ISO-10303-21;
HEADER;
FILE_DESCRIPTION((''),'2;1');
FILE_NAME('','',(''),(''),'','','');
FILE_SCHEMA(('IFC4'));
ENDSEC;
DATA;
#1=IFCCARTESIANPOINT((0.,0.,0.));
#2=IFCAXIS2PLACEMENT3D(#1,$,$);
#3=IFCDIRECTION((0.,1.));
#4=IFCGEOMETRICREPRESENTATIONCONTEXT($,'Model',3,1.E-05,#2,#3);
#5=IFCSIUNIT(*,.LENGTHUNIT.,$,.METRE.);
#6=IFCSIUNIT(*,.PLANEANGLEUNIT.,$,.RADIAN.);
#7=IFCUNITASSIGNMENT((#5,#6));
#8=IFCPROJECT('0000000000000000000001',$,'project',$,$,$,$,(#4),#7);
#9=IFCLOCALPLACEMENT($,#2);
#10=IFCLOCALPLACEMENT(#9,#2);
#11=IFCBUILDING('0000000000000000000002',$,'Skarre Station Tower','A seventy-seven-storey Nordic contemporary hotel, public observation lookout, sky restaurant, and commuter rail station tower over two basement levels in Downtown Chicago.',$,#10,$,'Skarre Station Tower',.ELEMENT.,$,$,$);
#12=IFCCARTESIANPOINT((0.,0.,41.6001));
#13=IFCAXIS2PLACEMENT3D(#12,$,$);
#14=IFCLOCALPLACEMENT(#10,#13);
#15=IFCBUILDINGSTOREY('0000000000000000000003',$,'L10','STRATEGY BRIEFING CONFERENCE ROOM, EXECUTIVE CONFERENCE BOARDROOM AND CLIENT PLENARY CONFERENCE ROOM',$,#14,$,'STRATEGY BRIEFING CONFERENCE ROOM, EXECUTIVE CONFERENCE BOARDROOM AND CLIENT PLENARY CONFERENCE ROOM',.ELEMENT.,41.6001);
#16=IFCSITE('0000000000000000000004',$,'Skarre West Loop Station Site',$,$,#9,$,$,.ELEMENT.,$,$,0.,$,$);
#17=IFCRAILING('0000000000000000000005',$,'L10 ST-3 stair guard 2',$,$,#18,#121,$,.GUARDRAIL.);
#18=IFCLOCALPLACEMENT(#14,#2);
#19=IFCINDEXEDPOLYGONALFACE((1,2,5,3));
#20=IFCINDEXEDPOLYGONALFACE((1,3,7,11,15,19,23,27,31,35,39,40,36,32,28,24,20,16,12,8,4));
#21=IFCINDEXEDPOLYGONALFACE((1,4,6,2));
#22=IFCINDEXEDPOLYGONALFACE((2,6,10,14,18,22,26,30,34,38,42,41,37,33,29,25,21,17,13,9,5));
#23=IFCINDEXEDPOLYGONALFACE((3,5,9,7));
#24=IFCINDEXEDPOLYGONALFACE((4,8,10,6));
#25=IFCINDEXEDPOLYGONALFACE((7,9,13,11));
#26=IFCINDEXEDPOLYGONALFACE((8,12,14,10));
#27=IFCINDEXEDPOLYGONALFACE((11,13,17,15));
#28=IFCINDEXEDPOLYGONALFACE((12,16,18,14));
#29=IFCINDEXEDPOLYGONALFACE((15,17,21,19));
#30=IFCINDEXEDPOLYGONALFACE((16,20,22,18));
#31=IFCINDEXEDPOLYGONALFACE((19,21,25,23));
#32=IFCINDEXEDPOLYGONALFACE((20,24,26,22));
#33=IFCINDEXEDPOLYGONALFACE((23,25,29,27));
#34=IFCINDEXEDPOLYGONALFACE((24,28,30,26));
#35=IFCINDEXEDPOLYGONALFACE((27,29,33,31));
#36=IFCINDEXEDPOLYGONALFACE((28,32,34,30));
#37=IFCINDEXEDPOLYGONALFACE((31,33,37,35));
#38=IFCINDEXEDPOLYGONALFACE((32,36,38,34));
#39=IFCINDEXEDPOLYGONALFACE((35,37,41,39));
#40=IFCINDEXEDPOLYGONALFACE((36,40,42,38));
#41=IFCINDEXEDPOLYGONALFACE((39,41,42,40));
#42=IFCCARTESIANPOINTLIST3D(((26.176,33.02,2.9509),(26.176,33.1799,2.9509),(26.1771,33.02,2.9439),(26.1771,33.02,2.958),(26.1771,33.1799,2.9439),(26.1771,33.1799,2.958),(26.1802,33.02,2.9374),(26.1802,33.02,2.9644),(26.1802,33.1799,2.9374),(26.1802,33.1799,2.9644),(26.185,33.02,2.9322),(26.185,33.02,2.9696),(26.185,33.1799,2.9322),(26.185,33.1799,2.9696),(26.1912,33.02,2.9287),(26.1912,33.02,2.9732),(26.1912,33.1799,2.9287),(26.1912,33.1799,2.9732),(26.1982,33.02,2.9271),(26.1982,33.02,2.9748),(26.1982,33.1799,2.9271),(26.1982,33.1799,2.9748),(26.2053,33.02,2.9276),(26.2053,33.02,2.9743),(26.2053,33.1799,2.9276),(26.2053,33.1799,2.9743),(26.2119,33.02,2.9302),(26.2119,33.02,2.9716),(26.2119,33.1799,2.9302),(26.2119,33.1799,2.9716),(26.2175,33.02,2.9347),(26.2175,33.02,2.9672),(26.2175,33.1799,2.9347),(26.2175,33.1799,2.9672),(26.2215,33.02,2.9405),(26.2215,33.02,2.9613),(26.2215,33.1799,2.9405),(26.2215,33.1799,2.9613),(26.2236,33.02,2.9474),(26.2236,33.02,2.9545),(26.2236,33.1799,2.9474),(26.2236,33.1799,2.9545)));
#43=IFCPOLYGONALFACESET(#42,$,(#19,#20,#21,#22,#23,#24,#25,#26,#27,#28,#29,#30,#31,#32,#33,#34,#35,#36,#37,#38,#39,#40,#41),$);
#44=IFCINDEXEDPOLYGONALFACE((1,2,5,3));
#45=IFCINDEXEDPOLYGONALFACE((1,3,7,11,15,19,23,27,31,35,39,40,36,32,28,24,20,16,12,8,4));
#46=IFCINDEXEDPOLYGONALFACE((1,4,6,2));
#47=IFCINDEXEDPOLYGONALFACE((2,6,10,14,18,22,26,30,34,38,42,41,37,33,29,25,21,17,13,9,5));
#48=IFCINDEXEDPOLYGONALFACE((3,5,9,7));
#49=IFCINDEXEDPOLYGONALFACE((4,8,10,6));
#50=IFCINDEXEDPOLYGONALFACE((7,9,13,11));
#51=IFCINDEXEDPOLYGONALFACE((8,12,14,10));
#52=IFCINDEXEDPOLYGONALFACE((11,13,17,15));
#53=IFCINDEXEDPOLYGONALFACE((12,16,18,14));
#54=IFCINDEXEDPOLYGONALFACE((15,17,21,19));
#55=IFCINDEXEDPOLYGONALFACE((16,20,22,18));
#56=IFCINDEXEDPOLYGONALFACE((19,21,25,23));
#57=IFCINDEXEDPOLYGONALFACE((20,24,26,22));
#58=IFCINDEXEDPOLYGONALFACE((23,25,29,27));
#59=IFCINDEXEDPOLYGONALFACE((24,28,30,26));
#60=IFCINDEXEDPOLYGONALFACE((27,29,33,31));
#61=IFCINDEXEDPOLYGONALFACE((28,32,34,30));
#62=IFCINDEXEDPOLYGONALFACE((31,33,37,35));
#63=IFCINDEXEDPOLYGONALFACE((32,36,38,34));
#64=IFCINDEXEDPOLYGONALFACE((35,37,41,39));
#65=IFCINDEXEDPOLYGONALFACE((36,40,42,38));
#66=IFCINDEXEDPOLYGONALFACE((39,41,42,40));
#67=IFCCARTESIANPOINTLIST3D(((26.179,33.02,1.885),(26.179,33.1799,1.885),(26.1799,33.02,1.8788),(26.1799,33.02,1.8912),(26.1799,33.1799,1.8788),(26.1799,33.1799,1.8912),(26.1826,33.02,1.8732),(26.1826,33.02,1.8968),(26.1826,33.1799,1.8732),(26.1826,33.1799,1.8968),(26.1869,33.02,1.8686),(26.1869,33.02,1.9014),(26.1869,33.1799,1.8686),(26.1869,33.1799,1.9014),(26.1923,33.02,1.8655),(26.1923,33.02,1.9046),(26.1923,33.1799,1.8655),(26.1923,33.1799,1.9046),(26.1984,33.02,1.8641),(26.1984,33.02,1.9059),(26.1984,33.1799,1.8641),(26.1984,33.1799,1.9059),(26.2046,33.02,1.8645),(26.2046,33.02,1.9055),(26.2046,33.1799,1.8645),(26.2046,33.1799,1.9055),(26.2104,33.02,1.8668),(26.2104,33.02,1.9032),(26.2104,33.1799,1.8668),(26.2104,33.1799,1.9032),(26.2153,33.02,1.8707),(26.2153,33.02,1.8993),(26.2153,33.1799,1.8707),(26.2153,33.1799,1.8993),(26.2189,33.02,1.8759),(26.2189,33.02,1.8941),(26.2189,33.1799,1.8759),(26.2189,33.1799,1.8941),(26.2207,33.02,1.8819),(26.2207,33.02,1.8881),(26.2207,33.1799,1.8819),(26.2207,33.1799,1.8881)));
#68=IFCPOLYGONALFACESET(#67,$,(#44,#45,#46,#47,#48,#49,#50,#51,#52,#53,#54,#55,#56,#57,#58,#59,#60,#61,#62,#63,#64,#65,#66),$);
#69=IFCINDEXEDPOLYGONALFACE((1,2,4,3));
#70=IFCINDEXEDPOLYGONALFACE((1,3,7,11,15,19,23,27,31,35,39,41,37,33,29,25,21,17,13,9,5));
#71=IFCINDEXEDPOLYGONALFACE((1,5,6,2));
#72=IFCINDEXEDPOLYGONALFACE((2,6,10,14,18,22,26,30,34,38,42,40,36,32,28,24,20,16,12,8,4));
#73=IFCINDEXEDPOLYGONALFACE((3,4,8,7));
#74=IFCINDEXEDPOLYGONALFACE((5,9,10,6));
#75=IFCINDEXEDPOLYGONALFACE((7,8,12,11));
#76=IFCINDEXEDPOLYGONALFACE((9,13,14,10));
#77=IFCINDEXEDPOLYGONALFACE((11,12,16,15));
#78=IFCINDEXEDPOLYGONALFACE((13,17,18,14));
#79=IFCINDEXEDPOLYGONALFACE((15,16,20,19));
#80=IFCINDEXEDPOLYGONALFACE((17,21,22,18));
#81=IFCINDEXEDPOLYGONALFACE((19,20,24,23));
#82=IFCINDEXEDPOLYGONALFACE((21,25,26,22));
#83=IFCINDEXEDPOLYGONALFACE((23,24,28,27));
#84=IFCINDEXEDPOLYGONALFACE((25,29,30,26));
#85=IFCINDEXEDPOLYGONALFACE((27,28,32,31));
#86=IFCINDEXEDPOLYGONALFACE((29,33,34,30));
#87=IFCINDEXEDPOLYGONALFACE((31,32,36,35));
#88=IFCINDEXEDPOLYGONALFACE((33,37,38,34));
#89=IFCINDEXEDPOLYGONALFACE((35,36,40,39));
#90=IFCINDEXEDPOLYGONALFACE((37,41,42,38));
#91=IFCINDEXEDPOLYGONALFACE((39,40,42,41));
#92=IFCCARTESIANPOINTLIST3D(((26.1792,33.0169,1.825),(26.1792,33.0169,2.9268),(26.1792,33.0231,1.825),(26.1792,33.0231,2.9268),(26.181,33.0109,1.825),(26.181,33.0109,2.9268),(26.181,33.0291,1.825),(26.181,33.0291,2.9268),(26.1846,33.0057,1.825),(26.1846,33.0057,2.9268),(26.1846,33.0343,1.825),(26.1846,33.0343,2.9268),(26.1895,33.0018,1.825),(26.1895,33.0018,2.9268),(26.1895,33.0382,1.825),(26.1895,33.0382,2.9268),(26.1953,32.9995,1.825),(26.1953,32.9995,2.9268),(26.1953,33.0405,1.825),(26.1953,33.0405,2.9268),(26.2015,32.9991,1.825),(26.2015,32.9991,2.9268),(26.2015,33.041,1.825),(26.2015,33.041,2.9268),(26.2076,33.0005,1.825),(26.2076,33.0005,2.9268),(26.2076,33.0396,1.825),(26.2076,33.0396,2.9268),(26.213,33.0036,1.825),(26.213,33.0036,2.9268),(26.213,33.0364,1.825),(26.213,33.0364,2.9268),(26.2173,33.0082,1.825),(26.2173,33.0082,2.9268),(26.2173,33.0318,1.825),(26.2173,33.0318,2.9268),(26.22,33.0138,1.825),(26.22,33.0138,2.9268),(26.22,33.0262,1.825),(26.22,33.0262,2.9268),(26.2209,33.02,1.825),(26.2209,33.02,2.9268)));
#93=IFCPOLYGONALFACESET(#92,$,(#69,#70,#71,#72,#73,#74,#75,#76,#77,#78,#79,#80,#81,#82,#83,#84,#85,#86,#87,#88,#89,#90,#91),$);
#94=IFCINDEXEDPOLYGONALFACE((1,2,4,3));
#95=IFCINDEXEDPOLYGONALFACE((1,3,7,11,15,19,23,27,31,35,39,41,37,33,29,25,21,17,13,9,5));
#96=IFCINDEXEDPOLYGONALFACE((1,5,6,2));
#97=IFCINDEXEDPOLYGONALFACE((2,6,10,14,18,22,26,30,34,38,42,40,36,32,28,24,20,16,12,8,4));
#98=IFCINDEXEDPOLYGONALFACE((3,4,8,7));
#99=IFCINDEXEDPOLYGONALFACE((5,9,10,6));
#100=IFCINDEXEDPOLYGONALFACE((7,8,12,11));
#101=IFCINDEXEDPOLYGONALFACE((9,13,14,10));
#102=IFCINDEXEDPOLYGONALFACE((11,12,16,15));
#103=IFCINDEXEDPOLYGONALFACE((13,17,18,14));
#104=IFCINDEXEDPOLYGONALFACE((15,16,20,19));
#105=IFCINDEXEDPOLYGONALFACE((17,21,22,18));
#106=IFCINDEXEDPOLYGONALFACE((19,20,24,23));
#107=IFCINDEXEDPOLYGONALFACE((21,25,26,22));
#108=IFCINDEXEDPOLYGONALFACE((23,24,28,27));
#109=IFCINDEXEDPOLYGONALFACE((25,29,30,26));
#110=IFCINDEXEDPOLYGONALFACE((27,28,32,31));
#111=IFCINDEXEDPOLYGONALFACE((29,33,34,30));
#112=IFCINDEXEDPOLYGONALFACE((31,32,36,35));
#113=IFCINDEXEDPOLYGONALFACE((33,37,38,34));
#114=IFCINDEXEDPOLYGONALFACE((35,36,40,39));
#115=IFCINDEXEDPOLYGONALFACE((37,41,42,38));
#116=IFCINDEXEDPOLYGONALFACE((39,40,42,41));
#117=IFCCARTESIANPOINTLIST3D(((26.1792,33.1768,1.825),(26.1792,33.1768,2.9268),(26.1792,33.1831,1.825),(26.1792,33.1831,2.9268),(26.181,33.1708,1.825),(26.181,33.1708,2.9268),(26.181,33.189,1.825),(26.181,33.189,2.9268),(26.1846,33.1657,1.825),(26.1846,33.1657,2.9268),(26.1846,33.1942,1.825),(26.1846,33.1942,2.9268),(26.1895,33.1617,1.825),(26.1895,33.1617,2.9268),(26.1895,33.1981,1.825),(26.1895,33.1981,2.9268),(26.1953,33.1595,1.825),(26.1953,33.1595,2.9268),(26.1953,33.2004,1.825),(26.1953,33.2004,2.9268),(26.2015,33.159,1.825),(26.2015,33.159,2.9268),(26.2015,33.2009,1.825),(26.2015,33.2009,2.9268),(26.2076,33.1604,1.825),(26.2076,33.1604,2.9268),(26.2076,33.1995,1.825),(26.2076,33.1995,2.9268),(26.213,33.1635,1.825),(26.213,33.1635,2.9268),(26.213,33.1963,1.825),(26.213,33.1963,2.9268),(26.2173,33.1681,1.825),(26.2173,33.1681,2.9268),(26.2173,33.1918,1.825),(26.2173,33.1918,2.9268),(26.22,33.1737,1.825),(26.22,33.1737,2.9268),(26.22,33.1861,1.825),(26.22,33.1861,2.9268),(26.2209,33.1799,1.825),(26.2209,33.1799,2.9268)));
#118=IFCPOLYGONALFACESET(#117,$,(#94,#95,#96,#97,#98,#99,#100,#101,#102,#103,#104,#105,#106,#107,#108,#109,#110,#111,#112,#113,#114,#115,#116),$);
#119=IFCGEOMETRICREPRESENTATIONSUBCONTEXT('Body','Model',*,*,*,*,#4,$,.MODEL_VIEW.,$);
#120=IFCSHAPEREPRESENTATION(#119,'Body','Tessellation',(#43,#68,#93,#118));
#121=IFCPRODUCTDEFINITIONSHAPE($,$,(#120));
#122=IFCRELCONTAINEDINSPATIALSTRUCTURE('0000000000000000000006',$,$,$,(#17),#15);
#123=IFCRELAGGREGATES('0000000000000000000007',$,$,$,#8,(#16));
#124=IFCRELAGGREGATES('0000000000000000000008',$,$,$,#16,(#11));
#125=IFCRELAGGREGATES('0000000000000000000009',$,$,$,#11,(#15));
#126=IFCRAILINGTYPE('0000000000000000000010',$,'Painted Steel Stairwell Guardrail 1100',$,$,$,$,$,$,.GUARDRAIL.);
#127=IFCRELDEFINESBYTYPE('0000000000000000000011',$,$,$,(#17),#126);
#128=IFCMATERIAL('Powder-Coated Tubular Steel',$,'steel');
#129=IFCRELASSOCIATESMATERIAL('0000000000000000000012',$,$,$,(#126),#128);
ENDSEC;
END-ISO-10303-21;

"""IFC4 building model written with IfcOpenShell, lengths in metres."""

from ifc_helpers import new_model, si_unit, direction, frame, origin, origin_2d, place, context, subcontext, project, spatial, circle, extrude, material, type_object, element, save


model = new_model("IFC4")

# Units and contexts
model_context = context("Model", 3, precision=1e-05, world=origin(), true_north=direction((0.0, 1.0)))
body_context = subcontext(model_context, "Body", "Model", "MODEL_VIEW")
ifc_project = project(units=[si_unit("LENGTHUNIT", "METRE"), si_unit("PLANEANGLEUNIT", "RADIAN")], contexts=[model_context])

# Site, building, storey
site_placement = place(None, origin())
site = spatial("IfcSite", under=ifc_project, at=site_placement, Name="Skarre West Loop Station Site", CompositionType="ELEMENT", RefElevation=0.0)
building_placement = place(site_placement, origin())
building = spatial("IfcBuilding", under=site, at=building_placement, Name="Skarre Station Tower", Description="A seventy-seven-storey Nordic contemporary hotel, public observation lookout, sky restaurant, and commuter rail station tower over two basement levels in Downtown Chicago.", LongName="Skarre Station Tower", CompositionType="ELEMENT")
storey_placement = place(building_placement, frame((0.0, 0.0, 41.6001)))
storey = spatial("IfcBuildingStorey", under=building, at=storey_placement, Name="L10", Description="STRATEGY BRIEFING CONFERENCE ROOM, EXECUTIVE CONFERENCE BOARDROOM AND CLIENT PLENARY CONFERENCE ROOM", LongName="STRATEGY BRIEFING CONFERENCE ROOM, EXECUTIVE CONFERENCE BOARDROOM AND CLIENT PLENARY CONFERENCE ROOM", CompositionType="ELEMENT", Elevation=41.6001)

# Railing
ifc_material_1 = material(Name="Powder-Coated Tubular Steel", Category="steel")
railing_type_1 = type_object("IfcRailingType", Name="Painted Steel Stairwell Guardrail 1100", PredefinedType="GUARDRAIL", material=ifc_material_1)
railing_1_placement = place(storey_placement, frame((26.2, 33.02, 1.825)))
element("IfcRailing", 1, at=railing_1_placement, inside=storey, type_object=railing_type_1, Name="L10 ST-3 stair guard 2", PredefinedType="GUARDRAIL", context=body_context, shape_type="SweptSolid", body=[
    extrude(circle(Radius=0.0239, at=origin_2d()), frame((0.0, 0.0, 1.126), z_axis=(0.0, 1.0, 0.0), x_axis=(-1.0, 0.0, 0.0)), (0.0, 0.0, 1.0), 0.1599),
    extrude(circle(Radius=0.021, at=origin_2d()), frame((0.0, 0.0, 0.0601), z_axis=(0.0, 1.0, 0.0), x_axis=(-1.0, 0.0, 0.0)), (0.0, 0.0, 1.0), 0.1599),
    extrude(circle(Radius=0.021, at=origin_2d()), origin(), (0.0, 0.0, 1.0), 1.1018),
    extrude(circle(Radius=0.021, at=origin_2d()), frame((0.0, 0.1599, 0.0)), (0.0, 0.0, 1.0), 1.1018),
])

save(model, "model.ifc")
